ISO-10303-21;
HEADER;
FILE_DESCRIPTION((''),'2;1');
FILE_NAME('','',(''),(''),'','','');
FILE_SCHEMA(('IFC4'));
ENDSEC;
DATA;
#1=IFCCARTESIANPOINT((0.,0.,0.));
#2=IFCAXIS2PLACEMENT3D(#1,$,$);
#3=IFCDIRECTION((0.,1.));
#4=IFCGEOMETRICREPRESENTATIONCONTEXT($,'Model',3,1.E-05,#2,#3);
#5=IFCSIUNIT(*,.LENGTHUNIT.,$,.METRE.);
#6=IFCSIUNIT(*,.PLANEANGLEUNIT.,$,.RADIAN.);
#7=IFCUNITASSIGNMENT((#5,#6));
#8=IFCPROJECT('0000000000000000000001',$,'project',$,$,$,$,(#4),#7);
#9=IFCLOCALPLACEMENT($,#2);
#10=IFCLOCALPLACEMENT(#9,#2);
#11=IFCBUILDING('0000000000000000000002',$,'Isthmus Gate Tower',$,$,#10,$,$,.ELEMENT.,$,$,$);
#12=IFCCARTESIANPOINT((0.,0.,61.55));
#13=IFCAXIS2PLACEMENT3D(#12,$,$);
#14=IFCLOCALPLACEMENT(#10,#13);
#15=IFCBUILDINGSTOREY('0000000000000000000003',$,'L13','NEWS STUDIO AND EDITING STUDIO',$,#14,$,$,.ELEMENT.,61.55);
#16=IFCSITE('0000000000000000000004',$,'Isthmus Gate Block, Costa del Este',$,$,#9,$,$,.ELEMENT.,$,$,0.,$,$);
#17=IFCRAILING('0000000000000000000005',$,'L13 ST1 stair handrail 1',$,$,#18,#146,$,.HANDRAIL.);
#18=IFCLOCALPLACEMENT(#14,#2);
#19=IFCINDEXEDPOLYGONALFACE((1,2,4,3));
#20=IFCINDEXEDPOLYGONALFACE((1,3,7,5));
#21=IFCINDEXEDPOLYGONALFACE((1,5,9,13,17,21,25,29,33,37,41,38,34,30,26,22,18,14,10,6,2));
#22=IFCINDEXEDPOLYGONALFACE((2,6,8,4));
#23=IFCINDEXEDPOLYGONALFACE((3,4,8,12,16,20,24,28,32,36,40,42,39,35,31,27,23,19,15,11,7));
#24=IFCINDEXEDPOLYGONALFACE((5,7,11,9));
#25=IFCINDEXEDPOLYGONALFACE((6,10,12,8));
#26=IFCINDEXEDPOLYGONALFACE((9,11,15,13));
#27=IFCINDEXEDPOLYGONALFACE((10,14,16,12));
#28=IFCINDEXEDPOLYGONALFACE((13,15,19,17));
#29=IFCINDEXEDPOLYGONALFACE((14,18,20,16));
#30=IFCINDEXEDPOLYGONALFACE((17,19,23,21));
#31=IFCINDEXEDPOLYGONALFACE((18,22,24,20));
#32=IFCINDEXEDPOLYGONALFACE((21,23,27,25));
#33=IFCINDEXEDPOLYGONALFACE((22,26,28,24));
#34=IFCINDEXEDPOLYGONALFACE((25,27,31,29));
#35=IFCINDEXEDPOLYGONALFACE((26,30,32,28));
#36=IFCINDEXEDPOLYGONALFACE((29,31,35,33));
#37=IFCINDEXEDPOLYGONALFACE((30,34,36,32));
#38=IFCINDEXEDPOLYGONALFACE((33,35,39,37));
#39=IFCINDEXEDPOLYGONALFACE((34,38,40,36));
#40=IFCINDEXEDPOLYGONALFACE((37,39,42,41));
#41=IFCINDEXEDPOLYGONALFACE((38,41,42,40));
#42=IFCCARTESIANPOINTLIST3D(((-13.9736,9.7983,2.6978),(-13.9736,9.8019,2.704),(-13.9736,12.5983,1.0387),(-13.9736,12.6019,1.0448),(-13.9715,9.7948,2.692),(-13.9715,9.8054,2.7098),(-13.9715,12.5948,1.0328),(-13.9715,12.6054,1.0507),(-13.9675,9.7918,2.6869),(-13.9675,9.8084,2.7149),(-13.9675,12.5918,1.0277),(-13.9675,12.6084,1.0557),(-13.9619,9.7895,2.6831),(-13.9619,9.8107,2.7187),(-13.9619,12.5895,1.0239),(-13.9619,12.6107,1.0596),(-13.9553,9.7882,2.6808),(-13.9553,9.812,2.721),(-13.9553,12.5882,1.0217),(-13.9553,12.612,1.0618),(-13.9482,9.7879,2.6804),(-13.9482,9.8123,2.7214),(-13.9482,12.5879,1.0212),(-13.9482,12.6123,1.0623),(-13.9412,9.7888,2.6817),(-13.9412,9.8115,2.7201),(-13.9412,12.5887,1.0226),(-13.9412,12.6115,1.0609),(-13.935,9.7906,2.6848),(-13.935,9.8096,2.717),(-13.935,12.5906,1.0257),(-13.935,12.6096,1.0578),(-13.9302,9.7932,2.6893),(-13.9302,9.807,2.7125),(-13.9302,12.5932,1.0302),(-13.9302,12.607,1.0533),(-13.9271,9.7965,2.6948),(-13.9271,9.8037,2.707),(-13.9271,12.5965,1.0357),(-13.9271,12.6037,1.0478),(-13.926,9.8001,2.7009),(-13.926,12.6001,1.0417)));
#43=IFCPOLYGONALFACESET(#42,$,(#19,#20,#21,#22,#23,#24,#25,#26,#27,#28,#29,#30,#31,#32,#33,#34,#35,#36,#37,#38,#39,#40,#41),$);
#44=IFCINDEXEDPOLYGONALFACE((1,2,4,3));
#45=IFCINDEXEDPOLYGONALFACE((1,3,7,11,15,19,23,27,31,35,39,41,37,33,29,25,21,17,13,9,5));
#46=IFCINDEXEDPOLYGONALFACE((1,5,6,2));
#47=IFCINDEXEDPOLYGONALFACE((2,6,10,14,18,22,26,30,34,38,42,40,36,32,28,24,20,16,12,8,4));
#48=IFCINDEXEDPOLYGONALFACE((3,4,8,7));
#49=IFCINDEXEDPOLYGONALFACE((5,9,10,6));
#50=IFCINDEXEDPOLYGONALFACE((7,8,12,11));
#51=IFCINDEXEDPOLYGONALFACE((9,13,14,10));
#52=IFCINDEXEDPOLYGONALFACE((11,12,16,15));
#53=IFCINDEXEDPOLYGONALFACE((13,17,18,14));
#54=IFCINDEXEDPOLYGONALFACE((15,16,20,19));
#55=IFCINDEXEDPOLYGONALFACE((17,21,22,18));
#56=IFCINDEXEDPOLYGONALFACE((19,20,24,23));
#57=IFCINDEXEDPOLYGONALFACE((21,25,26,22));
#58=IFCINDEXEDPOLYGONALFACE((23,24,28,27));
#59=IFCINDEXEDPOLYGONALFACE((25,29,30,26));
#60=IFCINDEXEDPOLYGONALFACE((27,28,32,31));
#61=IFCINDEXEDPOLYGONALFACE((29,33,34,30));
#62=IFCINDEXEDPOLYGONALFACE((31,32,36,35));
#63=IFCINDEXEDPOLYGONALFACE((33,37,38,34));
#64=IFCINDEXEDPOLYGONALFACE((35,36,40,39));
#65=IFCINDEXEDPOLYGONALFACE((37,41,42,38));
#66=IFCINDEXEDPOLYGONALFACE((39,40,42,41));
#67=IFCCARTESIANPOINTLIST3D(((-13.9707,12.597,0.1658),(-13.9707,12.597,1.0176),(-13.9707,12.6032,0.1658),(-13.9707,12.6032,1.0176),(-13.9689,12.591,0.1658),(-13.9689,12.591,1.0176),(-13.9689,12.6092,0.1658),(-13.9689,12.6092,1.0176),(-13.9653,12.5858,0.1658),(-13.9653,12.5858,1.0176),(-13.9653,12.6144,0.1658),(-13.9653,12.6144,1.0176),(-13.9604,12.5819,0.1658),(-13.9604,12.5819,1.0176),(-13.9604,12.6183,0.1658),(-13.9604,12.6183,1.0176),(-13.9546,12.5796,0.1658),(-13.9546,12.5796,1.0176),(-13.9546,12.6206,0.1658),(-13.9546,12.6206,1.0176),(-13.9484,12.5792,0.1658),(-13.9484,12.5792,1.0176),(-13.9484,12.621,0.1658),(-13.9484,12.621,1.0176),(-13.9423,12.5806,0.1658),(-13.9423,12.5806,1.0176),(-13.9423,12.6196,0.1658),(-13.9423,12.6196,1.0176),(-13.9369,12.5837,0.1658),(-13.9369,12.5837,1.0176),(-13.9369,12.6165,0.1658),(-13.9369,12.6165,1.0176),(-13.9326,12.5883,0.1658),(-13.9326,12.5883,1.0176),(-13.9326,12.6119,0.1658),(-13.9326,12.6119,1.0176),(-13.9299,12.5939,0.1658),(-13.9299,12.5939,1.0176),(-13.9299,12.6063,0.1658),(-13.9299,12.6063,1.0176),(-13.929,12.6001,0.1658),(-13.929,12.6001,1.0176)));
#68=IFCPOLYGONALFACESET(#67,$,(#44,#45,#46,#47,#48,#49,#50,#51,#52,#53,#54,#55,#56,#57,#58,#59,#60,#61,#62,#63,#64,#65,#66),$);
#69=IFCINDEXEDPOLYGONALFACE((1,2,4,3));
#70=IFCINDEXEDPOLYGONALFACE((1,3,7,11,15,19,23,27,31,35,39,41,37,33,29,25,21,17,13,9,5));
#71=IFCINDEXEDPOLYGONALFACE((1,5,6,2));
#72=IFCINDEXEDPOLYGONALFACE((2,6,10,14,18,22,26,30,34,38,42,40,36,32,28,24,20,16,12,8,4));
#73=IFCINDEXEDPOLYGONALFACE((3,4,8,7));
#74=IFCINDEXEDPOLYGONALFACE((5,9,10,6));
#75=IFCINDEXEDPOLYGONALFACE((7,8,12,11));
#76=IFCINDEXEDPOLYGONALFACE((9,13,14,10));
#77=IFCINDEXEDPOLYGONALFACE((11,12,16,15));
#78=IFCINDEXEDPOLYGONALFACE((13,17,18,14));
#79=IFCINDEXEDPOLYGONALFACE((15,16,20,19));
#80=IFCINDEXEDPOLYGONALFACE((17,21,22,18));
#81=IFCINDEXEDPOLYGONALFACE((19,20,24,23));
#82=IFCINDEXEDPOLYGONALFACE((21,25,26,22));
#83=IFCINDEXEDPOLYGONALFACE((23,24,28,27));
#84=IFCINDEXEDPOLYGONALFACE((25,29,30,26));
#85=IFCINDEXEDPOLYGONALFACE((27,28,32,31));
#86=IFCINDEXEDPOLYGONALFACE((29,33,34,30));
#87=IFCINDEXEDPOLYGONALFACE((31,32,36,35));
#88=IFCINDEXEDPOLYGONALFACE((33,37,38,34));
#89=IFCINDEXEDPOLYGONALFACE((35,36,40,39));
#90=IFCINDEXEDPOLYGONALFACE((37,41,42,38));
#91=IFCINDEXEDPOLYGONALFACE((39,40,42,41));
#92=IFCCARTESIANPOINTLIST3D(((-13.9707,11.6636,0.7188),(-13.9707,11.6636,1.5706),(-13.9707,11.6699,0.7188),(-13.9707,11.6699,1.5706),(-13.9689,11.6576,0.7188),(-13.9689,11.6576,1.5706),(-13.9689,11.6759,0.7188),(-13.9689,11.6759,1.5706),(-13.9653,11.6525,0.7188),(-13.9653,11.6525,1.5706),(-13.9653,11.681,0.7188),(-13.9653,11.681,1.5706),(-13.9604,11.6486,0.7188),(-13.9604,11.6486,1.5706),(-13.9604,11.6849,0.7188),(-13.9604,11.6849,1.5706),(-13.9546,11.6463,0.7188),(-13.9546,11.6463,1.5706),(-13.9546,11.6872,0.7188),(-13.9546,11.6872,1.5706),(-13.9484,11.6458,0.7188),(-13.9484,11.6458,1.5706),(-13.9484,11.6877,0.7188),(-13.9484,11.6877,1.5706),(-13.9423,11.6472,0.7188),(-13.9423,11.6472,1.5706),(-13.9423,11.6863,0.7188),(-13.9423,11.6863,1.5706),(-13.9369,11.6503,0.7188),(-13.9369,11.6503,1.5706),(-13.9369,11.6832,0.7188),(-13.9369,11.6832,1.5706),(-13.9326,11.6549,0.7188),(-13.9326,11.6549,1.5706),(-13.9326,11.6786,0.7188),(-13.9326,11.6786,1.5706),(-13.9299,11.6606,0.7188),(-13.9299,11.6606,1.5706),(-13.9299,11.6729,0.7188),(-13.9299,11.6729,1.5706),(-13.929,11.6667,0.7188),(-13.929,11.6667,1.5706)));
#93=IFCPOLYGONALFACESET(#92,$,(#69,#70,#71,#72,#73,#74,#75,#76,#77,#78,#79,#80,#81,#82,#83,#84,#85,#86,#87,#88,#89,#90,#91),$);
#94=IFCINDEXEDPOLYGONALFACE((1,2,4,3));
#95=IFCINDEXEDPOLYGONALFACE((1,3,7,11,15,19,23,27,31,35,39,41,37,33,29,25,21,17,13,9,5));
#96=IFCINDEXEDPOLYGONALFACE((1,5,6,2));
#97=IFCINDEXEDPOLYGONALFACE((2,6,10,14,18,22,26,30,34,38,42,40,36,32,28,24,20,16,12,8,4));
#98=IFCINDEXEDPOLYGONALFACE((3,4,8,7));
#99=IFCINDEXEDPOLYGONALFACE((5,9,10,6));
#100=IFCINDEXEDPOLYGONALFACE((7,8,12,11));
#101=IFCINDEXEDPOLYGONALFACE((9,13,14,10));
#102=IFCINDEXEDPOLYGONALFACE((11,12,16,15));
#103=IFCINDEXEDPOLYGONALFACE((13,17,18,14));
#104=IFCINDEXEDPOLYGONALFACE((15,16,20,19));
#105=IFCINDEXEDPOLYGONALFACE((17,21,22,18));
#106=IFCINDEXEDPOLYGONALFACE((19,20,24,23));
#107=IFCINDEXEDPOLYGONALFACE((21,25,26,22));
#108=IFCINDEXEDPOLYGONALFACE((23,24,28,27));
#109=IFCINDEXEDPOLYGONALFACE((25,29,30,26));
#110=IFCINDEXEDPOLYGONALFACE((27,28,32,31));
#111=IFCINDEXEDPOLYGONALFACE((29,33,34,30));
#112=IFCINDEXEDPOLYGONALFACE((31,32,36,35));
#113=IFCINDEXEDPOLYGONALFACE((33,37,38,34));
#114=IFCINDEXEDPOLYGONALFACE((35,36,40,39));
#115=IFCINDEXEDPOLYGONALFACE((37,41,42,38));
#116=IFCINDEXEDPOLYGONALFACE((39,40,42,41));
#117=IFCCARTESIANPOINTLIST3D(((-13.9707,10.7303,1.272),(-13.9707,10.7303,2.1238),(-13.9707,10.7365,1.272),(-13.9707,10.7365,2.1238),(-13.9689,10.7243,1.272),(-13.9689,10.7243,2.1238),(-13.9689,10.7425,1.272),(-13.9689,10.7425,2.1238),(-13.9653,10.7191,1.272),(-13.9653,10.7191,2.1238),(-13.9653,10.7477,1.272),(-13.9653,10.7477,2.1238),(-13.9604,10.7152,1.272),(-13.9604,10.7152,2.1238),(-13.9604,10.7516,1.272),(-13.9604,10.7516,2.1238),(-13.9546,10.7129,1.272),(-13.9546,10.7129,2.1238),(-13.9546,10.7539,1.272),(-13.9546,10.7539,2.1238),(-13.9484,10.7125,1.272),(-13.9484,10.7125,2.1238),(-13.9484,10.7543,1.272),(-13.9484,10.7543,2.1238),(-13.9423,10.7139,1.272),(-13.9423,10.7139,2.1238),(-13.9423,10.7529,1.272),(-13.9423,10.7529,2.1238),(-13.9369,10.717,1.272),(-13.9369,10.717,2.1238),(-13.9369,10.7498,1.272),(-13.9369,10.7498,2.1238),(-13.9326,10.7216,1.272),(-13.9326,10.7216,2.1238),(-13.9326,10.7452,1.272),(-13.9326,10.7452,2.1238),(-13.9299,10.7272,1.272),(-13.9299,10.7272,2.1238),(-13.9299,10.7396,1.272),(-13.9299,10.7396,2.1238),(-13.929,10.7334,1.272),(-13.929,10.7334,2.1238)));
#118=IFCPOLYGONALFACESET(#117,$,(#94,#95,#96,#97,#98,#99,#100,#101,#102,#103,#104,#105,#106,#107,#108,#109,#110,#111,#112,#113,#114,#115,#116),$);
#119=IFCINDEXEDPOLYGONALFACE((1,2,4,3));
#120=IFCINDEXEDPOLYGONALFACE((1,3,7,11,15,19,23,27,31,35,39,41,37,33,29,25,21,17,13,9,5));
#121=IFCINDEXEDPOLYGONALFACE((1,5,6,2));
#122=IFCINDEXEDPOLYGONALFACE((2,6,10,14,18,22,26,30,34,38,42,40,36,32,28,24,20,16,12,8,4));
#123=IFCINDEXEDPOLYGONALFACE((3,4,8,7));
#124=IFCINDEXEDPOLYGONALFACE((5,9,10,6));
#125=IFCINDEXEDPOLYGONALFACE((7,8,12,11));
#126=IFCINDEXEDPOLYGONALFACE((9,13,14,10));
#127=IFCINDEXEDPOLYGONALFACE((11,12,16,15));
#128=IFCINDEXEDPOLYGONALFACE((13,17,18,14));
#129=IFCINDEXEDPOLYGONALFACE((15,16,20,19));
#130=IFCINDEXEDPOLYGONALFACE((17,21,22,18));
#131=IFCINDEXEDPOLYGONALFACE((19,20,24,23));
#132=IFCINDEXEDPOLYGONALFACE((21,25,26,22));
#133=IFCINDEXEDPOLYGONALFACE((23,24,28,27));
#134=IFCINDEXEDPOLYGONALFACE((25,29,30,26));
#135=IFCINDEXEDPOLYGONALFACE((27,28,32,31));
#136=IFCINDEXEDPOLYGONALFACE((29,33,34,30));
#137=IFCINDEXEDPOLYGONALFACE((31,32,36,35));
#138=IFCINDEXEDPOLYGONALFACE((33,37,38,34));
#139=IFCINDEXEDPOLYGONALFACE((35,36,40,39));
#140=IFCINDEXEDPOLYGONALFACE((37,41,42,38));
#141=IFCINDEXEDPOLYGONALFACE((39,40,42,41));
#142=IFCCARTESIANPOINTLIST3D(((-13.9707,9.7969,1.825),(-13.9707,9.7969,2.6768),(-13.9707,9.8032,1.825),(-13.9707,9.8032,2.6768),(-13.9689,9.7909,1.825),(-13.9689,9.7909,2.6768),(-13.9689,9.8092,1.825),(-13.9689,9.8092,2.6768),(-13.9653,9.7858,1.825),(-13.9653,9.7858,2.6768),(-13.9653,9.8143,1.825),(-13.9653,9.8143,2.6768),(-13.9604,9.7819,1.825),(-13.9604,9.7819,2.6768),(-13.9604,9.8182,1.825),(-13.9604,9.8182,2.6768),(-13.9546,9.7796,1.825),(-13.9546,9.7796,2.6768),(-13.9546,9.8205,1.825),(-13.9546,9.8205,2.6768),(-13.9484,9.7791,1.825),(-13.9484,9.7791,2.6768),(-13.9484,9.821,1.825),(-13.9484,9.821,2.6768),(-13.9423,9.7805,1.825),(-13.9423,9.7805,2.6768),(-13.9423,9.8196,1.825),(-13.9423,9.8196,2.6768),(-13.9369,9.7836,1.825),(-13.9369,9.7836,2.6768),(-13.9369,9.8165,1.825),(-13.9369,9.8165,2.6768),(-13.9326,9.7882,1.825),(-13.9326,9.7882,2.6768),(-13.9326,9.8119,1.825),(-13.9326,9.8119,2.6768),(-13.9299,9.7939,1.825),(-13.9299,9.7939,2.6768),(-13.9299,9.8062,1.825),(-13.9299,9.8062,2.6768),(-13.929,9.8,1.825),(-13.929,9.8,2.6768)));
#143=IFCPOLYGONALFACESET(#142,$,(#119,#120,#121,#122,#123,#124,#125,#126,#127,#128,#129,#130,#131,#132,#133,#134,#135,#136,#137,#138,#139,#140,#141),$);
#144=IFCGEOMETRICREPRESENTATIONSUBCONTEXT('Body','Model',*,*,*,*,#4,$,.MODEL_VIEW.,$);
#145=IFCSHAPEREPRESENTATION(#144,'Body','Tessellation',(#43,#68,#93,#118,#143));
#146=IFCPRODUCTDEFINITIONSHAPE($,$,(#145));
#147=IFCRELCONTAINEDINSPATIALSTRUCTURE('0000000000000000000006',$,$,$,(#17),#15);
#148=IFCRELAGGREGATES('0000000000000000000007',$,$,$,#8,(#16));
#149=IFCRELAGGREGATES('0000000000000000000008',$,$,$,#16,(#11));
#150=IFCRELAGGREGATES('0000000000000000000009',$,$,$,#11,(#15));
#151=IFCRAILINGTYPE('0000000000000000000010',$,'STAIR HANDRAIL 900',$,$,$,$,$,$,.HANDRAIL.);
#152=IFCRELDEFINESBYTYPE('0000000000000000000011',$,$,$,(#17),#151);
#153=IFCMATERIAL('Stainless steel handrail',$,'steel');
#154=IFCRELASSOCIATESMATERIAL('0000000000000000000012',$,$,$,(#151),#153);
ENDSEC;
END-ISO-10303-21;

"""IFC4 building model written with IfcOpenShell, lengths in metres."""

from ifc_helpers import new_model, si_unit, direction, frame, origin, origin_2d, place, context, subcontext, project, spatial, circle, extrude, material, type_object, element, save


model = new_model("IFC4")

# Units and contexts
model_context = context("Model", 3, precision=1e-05, world=origin(), true_north=direction((0.0, 1.0)))
body_context = subcontext(model_context, "Body", "Model", "MODEL_VIEW")
ifc_project = project(units=[si_unit("LENGTHUNIT", "METRE"), si_unit("PLANEANGLEUNIT", "RADIAN")], contexts=[model_context])

# Site, building, storey
site_placement = place(None, origin())
site = spatial("IfcSite", under=ifc_project, at=site_placement, Name="Isthmus Gate Block, Costa del Este", CompositionType="ELEMENT", RefElevation=0.0)
building_placement = place(site_placement, origin())
building = spatial("IfcBuilding", under=site, at=building_placement, Name="Isthmus Gate Tower", CompositionType="ELEMENT")
storey_placement = place(building_placement, frame((0.0, 0.0, 61.55)))
storey = spatial("IfcBuildingStorey", under=building, at=storey_placement, Name="L13", Description="NEWS STUDIO AND EDITING STUDIO", CompositionType="ELEMENT", Elevation=61.55)

# Railing
ifc_material_1 = material(Name="Stainless steel handrail", Category="steel")
railing_type_1 = type_object("IfcRailingType", Name="STAIR HANDRAIL 900", PredefinedType="HANDRAIL", material=ifc_material_1)
railing_1_placement = place(storey_placement, frame((-13.95, 12.6001, 0.1658)))
element("IfcRailing", 1, at=railing_1_placement, inside=storey, type_object=railing_type_1, Name="L13 ST1 stair handrail 1", PredefinedType="HANDRAIL", context=body_context, shape_type="SweptSolid", body=[
    extrude(circle(Radius=0.0239, at=origin_2d()), frame((0.0, 0.0, 0.876), z_axis=(0.0, -0.860306, 0.509778), x_axis=(1.0, 0.0, 0.0)), (0.0, 0.0, 1.0), 3.2546),
    extrude(circle(Radius=0.021, at=origin_2d()), origin(), (0.0, 0.0, 1.0), 0.8518),
    extrude(circle(Radius=0.021, at=origin_2d()), frame((0.0, -0.9333, 0.553)), (0.0, 0.0, 1.0), 0.8518),
    extrude(circle(Radius=0.021, at=origin_2d()), frame((0.0, -1.8667, 1.1062)), (0.0, 0.0, 1.0), 0.8518),
    extrude(circle(Radius=0.021, at=origin_2d()), frame((0.0, -2.8, 1.6592)), (0.0, 0.0, 1.0), 0.8518),
])

save(model, "model.ifc")
